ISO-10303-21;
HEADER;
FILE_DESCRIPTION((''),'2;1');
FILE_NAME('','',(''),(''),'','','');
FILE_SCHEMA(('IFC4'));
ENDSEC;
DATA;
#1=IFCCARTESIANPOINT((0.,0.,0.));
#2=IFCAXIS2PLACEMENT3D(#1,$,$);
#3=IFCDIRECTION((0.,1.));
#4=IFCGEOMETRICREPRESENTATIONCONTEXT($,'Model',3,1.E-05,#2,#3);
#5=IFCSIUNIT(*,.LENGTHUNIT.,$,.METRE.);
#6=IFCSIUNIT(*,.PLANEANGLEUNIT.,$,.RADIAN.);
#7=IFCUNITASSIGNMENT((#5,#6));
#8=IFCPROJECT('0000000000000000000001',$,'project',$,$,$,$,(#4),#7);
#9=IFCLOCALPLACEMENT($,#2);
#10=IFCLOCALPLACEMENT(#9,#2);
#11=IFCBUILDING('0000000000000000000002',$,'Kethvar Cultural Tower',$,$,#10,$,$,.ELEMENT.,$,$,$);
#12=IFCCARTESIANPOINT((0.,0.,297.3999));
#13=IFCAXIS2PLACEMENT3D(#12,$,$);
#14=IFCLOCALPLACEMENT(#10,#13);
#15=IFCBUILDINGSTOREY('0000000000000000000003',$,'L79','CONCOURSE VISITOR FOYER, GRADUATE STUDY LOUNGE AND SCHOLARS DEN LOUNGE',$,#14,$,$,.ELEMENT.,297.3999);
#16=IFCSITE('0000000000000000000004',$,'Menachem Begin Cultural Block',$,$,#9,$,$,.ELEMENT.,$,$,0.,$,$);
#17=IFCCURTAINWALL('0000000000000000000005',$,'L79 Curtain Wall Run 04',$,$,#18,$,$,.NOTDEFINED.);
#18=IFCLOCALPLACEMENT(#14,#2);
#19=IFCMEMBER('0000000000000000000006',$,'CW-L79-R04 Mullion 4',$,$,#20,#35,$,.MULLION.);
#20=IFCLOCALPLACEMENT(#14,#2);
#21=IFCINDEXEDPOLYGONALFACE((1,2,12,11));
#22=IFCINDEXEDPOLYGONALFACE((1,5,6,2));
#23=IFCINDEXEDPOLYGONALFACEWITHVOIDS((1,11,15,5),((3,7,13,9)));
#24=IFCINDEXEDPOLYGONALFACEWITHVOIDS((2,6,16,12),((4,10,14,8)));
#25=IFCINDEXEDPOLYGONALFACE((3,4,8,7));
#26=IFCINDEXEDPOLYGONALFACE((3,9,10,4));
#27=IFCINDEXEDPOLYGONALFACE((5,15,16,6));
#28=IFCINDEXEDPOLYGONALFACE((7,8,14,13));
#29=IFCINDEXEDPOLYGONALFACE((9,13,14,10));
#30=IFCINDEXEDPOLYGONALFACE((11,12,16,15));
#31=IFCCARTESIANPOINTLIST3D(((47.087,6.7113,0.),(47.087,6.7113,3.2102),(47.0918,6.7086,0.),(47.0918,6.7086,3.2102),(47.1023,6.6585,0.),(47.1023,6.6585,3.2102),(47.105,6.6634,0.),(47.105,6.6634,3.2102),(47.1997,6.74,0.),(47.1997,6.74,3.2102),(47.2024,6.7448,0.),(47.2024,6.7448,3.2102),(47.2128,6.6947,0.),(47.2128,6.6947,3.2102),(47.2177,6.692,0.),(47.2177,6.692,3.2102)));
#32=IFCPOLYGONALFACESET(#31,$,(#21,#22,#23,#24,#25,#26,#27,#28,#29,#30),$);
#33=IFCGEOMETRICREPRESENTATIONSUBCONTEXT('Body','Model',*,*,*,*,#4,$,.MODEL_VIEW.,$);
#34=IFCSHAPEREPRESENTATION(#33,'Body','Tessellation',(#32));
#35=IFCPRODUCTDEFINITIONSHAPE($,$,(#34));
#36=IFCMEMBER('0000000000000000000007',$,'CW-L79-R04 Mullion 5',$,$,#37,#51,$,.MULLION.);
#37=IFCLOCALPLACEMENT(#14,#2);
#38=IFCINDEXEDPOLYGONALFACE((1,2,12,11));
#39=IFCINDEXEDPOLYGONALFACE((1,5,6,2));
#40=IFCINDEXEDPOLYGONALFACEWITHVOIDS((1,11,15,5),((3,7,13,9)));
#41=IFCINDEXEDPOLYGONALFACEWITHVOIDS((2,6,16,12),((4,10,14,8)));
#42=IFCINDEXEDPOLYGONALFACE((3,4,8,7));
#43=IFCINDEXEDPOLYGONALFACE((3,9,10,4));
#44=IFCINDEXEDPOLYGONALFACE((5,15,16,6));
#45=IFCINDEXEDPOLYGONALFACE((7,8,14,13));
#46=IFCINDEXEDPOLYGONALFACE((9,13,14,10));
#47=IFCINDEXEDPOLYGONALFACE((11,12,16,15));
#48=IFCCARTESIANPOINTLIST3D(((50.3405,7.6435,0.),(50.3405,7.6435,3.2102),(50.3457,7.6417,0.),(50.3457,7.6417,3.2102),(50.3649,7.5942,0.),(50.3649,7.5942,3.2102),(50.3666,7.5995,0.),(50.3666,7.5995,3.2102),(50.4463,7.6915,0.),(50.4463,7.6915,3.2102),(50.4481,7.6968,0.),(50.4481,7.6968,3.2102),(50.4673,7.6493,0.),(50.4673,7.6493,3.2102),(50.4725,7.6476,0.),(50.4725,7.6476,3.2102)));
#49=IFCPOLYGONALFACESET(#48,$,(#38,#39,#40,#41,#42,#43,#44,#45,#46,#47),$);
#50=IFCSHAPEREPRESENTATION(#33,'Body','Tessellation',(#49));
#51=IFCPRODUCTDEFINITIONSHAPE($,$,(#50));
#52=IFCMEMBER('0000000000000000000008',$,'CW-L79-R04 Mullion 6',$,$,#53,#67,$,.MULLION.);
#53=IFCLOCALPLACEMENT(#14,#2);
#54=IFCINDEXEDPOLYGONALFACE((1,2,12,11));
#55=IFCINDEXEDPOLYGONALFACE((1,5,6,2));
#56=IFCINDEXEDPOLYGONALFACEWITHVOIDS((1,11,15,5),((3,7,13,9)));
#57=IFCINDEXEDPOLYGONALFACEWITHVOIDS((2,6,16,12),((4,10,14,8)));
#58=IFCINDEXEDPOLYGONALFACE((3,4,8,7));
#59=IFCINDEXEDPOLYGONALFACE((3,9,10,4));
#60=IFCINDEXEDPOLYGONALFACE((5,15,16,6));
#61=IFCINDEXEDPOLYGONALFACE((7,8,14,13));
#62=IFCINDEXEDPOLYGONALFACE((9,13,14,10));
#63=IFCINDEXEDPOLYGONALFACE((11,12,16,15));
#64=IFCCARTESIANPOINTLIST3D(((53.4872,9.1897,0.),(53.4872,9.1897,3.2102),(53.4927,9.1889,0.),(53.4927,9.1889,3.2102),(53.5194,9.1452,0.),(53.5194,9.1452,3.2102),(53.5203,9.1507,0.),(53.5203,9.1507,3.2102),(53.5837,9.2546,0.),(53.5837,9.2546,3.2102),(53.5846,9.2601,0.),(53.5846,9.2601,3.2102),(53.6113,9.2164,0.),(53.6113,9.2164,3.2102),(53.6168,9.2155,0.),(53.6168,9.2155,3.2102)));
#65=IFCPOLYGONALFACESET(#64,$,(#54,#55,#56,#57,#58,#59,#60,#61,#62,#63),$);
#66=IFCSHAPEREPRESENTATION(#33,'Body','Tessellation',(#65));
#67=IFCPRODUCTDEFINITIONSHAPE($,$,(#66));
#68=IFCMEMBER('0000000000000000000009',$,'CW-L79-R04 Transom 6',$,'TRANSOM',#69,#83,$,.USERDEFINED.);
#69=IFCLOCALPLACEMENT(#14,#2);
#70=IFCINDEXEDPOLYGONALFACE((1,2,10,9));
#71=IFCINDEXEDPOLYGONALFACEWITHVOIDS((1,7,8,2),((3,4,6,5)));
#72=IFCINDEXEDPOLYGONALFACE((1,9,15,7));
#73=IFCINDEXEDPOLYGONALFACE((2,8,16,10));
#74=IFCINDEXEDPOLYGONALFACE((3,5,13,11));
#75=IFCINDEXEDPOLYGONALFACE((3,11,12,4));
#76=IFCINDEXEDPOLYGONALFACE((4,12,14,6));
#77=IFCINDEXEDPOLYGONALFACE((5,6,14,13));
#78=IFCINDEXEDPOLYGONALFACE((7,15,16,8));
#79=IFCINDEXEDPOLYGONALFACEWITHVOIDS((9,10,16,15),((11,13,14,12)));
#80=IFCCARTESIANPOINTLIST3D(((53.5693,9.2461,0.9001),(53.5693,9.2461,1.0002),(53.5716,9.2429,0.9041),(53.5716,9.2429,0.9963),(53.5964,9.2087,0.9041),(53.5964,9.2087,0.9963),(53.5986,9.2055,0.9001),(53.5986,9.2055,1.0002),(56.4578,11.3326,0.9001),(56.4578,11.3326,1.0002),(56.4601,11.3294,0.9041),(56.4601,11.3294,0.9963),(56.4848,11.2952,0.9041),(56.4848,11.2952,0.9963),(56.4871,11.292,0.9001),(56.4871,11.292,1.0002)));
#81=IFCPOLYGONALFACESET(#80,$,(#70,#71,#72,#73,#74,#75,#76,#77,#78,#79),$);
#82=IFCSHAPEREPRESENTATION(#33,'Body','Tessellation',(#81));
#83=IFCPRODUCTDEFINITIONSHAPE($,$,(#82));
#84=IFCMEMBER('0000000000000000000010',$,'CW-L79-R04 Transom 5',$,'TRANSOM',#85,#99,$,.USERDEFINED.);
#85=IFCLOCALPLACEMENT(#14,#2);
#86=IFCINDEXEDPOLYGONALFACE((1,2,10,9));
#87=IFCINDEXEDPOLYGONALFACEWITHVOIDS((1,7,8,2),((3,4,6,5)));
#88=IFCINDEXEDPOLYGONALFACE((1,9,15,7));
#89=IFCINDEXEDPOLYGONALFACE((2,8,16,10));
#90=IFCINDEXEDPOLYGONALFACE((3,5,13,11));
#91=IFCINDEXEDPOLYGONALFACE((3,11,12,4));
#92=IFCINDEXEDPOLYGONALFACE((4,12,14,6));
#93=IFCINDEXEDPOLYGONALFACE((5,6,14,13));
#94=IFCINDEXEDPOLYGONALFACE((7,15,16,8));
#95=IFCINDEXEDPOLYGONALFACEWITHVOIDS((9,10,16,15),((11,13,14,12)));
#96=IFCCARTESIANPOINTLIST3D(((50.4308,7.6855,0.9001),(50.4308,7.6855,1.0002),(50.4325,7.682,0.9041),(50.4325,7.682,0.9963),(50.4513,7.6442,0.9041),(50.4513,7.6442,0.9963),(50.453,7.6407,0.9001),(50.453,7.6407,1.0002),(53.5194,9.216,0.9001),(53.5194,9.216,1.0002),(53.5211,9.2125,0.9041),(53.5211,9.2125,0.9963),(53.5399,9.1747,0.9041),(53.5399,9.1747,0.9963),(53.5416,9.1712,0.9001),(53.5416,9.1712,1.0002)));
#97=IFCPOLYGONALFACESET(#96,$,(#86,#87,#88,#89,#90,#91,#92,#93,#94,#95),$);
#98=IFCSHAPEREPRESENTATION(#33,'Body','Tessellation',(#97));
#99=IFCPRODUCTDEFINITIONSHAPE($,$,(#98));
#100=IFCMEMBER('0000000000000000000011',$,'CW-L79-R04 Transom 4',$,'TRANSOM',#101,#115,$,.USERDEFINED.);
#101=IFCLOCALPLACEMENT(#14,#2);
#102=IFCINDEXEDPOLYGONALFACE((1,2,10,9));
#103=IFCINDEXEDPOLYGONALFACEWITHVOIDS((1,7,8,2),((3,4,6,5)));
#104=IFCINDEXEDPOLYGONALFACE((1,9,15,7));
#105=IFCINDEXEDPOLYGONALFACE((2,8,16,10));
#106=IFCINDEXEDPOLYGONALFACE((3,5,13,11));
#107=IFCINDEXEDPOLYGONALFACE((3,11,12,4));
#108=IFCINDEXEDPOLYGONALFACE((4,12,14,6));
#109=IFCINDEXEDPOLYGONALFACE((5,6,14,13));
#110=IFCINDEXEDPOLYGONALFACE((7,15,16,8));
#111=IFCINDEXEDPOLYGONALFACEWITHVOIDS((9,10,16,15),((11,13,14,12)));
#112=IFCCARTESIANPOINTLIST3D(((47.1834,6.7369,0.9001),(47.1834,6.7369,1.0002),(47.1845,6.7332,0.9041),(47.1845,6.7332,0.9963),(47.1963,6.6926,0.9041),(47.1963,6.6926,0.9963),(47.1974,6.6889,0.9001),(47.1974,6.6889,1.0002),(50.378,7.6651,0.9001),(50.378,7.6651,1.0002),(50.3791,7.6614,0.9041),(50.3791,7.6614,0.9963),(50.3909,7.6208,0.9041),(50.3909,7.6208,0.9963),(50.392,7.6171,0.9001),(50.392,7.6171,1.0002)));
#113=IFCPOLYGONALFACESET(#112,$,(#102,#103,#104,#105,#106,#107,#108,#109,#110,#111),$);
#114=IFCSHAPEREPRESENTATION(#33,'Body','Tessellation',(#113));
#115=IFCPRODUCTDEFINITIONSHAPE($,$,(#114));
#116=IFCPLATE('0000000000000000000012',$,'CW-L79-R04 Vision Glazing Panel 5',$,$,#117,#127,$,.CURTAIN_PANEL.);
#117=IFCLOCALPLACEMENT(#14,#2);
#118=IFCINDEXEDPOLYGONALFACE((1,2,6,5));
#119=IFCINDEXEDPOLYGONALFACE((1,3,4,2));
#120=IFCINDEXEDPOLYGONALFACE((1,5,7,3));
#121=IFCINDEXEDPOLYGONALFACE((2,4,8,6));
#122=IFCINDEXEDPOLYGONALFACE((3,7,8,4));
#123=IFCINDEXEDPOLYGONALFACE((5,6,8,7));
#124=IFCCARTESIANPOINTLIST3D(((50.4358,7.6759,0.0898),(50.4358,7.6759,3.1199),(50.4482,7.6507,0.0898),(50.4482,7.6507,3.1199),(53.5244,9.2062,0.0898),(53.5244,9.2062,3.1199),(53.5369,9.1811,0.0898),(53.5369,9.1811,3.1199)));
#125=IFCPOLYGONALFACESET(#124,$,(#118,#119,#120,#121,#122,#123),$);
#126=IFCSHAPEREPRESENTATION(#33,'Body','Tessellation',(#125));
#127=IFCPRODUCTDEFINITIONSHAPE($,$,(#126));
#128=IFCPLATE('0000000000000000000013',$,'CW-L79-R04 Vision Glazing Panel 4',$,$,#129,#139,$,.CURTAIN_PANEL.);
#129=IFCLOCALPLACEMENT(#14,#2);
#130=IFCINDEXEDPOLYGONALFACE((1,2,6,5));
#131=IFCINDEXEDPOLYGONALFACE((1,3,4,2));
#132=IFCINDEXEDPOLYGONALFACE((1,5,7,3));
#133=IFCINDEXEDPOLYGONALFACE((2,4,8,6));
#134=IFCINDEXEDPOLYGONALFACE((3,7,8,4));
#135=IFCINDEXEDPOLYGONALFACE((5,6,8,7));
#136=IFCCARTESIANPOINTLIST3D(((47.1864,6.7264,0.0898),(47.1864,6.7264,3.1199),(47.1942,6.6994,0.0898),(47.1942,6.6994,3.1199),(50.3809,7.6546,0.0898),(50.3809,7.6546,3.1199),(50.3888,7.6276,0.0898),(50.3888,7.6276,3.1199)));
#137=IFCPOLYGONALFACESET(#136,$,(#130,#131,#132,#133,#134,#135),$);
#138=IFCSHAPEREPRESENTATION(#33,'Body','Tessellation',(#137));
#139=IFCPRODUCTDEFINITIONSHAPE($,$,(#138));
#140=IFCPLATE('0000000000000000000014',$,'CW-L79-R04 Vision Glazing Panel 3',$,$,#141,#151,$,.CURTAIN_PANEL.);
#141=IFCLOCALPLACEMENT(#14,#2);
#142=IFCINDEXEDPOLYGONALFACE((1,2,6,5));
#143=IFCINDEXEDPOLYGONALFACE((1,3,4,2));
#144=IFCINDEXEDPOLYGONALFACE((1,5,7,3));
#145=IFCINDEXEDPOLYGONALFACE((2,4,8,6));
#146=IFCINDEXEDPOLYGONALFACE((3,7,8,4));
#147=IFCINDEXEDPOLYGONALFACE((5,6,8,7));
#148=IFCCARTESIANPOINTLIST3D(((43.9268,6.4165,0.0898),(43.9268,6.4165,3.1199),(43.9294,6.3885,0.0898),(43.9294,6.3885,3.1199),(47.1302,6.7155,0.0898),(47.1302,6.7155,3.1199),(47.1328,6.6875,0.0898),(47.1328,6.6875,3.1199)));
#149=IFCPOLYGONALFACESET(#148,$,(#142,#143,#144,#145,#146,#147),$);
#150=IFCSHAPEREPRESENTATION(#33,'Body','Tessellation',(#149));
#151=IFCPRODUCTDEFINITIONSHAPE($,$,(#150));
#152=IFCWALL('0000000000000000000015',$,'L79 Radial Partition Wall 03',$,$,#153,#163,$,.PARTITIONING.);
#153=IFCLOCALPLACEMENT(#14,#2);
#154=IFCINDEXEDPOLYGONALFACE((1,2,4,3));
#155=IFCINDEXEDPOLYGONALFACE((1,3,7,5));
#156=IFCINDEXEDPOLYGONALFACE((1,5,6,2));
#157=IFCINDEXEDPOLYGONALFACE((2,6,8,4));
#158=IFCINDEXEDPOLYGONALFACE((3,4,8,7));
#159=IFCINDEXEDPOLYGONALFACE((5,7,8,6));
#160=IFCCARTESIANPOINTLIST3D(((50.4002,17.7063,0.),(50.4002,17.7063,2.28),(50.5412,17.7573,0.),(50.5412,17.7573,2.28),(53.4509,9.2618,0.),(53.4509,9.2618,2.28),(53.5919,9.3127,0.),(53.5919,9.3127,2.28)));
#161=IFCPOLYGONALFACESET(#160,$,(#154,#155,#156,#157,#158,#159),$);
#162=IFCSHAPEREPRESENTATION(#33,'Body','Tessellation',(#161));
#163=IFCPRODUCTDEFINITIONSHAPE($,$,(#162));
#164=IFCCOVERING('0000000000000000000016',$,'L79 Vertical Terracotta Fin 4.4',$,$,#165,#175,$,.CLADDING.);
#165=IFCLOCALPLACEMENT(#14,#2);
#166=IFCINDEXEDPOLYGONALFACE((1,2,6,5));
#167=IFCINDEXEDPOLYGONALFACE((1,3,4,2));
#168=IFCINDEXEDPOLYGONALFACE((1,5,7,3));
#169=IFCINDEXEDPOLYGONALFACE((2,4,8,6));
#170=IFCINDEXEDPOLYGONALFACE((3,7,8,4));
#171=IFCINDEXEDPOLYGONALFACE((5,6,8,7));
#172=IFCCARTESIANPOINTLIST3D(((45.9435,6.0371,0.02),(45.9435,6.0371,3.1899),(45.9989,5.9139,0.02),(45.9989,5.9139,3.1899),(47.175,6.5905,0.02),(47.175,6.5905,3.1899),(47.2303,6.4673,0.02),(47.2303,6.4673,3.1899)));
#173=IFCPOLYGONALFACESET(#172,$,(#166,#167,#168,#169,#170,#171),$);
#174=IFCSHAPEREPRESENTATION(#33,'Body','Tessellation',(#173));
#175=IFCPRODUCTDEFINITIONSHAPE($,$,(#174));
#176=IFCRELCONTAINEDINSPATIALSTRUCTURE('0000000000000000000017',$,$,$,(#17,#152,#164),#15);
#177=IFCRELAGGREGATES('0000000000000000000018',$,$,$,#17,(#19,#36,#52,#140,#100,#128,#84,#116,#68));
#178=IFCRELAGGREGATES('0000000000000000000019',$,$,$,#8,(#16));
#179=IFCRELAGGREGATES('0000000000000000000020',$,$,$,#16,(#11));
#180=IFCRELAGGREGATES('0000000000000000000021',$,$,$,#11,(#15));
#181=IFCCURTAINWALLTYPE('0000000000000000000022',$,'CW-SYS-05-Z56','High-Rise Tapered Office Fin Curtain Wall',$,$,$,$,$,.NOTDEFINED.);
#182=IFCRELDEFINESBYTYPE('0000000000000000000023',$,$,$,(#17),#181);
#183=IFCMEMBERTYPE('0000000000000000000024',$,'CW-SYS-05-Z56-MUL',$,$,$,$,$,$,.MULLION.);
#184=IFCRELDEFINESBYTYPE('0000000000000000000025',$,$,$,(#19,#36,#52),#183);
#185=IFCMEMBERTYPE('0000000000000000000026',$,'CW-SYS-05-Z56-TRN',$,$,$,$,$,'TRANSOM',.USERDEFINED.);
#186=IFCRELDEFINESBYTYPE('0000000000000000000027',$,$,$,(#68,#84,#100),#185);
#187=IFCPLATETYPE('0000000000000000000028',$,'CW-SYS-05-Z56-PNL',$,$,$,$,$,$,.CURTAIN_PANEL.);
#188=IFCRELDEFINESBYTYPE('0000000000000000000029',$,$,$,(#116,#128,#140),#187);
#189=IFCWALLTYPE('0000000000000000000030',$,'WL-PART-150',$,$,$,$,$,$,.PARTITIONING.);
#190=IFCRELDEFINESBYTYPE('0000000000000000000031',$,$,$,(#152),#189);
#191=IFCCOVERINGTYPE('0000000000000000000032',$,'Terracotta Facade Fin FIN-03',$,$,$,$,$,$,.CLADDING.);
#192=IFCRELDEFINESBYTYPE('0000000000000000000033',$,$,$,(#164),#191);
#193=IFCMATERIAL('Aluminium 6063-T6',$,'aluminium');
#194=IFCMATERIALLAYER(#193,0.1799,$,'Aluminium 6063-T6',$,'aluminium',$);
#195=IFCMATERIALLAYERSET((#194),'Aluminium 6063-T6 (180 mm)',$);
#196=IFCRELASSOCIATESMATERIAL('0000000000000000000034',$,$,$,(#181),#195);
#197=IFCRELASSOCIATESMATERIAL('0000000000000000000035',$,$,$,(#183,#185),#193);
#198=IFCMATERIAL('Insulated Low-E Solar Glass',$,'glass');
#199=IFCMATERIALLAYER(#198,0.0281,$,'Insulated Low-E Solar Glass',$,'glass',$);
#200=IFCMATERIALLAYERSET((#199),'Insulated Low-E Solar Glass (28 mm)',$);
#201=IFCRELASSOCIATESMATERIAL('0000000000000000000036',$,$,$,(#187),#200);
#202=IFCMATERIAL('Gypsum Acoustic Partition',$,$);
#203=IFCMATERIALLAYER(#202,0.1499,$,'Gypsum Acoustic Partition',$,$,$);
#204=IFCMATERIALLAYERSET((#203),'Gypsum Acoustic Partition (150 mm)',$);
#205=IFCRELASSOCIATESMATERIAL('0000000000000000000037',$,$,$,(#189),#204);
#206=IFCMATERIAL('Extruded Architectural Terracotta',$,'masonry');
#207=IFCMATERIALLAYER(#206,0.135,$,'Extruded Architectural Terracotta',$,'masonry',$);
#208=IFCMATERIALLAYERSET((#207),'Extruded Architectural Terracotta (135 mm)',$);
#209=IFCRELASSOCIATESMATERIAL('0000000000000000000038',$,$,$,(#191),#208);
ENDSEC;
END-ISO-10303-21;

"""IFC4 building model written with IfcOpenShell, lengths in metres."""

from ifc_helpers import new_model, si_unit, direction, frame, frame_2d, origin, origin_2d, place, context, subcontext, project, spatial, rectangle, hollow_rectangle, extrude, source, transform, mapped, material, layer, layer_set, material_profile, profile_set, type_object, element, aggregate, save


model = new_model("IFC4")

# Units and contexts
model_context = context("Model", 3, precision=1e-05, world=origin(), true_north=direction((0.0, 1.0)))
body_context = subcontext(model_context, "Body", "Model", "MODEL_VIEW")
ifc_project = project(units=[si_unit("LENGTHUNIT", "METRE"), si_unit("PLANEANGLEUNIT", "RADIAN")], contexts=[model_context])

# Site, building, storey
site_placement = place(None, origin())
site = spatial("IfcSite", under=ifc_project, at=site_placement, Name="Menachem Begin Cultural Block", CompositionType="ELEMENT", RefElevation=0.0)
building_placement = place(site_placement, origin())
building = spatial("IfcBuilding", under=site, at=building_placement, Name="Kethvar Cultural Tower", CompositionType="ELEMENT")
storey_placement = place(building_placement, frame((0.0, 0.0, 297.3999)))
storey = spatial("IfcBuildingStorey", under=building, at=storey_placement, Name="L79", Description="CONCOURSE VISITOR FOYER, GRADUATE STUDY LOUNGE AND SCHOLARS DEN LOUNGE", CompositionType="ELEMENT", Elevation=297.3999)

# Curtain wall, members, plates
ifc_material_1 = material(Name="Aluminium 6063-T6", Category="aluminium")
ifc_layer_1 = layer(ifc_material_1, 0.1799, Name="Aluminium 6063-T6", Category="aluminium")
ifc_layer_set_1 = layer_set([ifc_layer_1], Name="Aluminium 6063-T6 (180 mm)")
curtain_wall_type = type_object("IfcCurtainWallType", Name="CW-SYS-05-Z56", Description="High-Rise Tapered Office Fin Curtain Wall", PredefinedType="NOTDEFINED", material=ifc_layer_set_1)
curtain_wall_placement = place(storey_placement, origin())
curtain_wall = element("IfcCurtainWall", 1, at=curtain_wall_placement, inside=storey, type_object=curtain_wall_type, Name="L79 Curtain Wall Run 04", PredefinedType="NOTDEFINED")
ifc_material_profile_1 = material_profile(ifc_material_1, hollow_rectangle(XDim=0.0549, YDim=0.1201, WallThickness=0.0039, at=origin_2d()), Name="Aluminium 6063-T6 — RHS120x55x4")
ifc_profile_set_1 = profile_set([ifc_material_profile_1], Name="Aluminium 6063-T6 — RHS120x55x4")
member_type_1 = type_object("IfcMemberType", Name="CW-SYS-05-Z56-MUL", PredefinedType="MULLION", material=ifc_profile_set_1)
shared_shape_1 = source(origin(), body_context, "Body", "SweptSolid", [
    extrude(hollow_rectangle(XDim=0.0549, YDim=0.1201, WallThickness=0.0039, at=origin_2d()), origin(), (0.0, 0.0, 1.0), 3.2102),
])
member_1_placement = place(storey_placement, frame((47.1523, 6.7017, 0.0), z_axis=(0.0, 0.0, 1.0), x_axis=(-0.279025, 0.960284, 0.0)))
member_1 = element("IfcMember", 2, at=member_1_placement, type_object=member_type_1, Name="CW-L79-R04 Mullion 4", PredefinedType="MULLION", context=body_context, shape_type="MappedRepresentation", body=[
    mapped(shared_shape_1, transform((0.0, 0.0, 0.0), scale=1.0)),
])
member_2_placement = place(storey_placement, frame((50.4065, 7.6455, 0.0), z_axis=(0.0, 0.0, 1.0), x_axis=(-0.443963, 0.896045, 0.0)))
member_2 = element("IfcMember", 3, at=member_2_placement, type_object=member_type_1, Name="CW-L79-R04 Mullion 5", PredefinedType="MULLION", context=body_context, shape_type="MappedRepresentation", body=[
    mapped(shared_shape_1, transform((0.0, 0.0, 0.0), scale=1.0)),
])
member_3_placement = place(storey_placement, frame((53.552, 9.2026, 0.0), z_axis=(0.0, 0.0, 1.0), x_axis=(-0.58558, 0.810614, 0.0)))
member_3 = element("IfcMember", 4, at=member_3_placement, type_object=member_type_1, Name="CW-L79-R04 Mullion 6", PredefinedType="MULLION", context=body_context, shape_type="MappedRepresentation", body=[
    mapped(shared_shape_1, transform((0.0, 0.0, 0.0), scale=1.0)),
])
ifc_material_profile_2 = material_profile(ifc_material_1, hollow_rectangle(XDim=0.05, YDim=0.1001, WallThickness=0.0039, at=origin_2d()), Name="Aluminium 6063-T6 — RHS100x50x4")
ifc_profile_set_2 = profile_set([ifc_material_profile_2], Name="Aluminium 6063-T6 — RHS100x50x4")
member_type_2 = type_object("IfcMemberType", Name="CW-SYS-05-Z56-TRN", ElementType="TRANSOM", PredefinedType="USERDEFINED", material=ifc_profile_set_2)
shared_shape_2 = source(origin(), body_context, "Body", "SweptSolid", [
    extrude(hollow_rectangle(XDim=0.05, YDim=0.1001, WallThickness=0.0039, at=origin_2d()), origin(), (0.0, 0.0, 1.0), 3.5632),
])
member_4_placement = place(storey_placement, frame((53.584, 9.2258, 0.9502), z_axis=(0.810634, 0.585553, 0.0), x_axis=(-0.585553, 0.810634, 0.0)))
member_4 = element("IfcMember", 5, at=member_4_placement, type_object=member_type_2, Name="CW-L79-R04 Transom 6", ObjectType="TRANSOM", PredefinedType="USERDEFINED", context=body_context, shape_type="MappedRepresentation", body=[
    mapped(shared_shape_2, transform((0.0, 0.0, 0.0), scale=1.0)),
])
shared_shape_3 = source(origin(), body_context, "Body", "SweptSolid", [
    extrude(hollow_rectangle(XDim=0.05, YDim=0.1001, WallThickness=0.0039, at=origin_2d()), origin(), (0.0, 0.0, 1.0), 3.447),
])
member_5_placement = place(storey_placement, frame((50.4419, 7.6631, 0.9502), z_axis=(0.896022, 0.444009, 0.0), x_axis=(-0.444009, 0.896022, 0.0)))
member_5 = element("IfcMember", 6, at=member_5_placement, type_object=member_type_2, Name="CW-L79-R04 Transom 5", ObjectType="TRANSOM", PredefinedType="USERDEFINED", context=body_context, shape_type="MappedRepresentation", body=[
    mapped(shared_shape_3, transform((0.0, 0.0, 0.0), scale=1.0)),
])
shared_shape_4 = source(origin(), body_context, "Body", "SweptSolid", [
    extrude(hollow_rectangle(XDim=0.05, YDim=0.1001, WallThickness=0.0039, at=origin_2d()), origin(), (0.0, 0.0, 1.0), 3.3267),
])
member_6_placement = place(storey_placement, frame((47.1904, 6.7129, 0.9502), z_axis=(0.960285, 0.279022, 0.0), x_axis=(-0.279022, 0.960285, 0.0)))
member_6 = element("IfcMember", 7, at=member_6_placement, type_object=member_type_2, Name="CW-L79-R04 Transom 4", ObjectType="TRANSOM", PredefinedType="USERDEFINED", context=body_context, shape_type="MappedRepresentation", body=[
    mapped(shared_shape_4, transform((0.0, 0.0, 0.0), scale=1.0)),
])
ifc_material_2 = material(Name="Insulated Low-E Solar Glass", Category="glass")
ifc_layer_2 = layer(ifc_material_2, 0.0281, Name="Insulated Low-E Solar Glass", Category="glass")
ifc_layer_set_2 = layer_set([ifc_layer_2], Name="Insulated Low-E Solar Glass (28 mm)")
plate_type = type_object("IfcPlateType", Name="CW-SYS-05-Z56-PNL", PredefinedType="CURTAIN_PANEL", material=ifc_layer_set_2)
shared_shape_5 = source(origin(), body_context, "Body", "SweptSolid", [
    extrude(rectangle(XDim=3.447, YDim=0.0281, at=origin_2d()), origin(), (0.0, 0.0, 1.0), 3.03),
])
plate_1_placement = place(storey_placement, frame((51.9863, 8.4285, 0.0898), z_axis=(0.0, 0.0, 1.0), x_axis=(0.896045, 0.443963, 0.0)))
plate_1 = element("IfcPlate", 8, at=plate_1_placement, type_object=plate_type, Name="CW-L79-R04 Vision Glazing Panel 5", PredefinedType="CURTAIN_PANEL", context=body_context, shape_type="MappedRepresentation", body=[
    mapped(shared_shape_5, transform((0.0, 0.0, 0.0), scale=1.0)),
])
shared_shape_6 = source(origin(), body_context, "Body", "SweptSolid", [
    extrude(rectangle(XDim=3.3267, YDim=0.0281, at=origin_2d()), origin(), (0.0, 0.0, 1.0), 3.03),
])
plate_2_placement = place(storey_placement, frame((48.7876, 7.177, 0.0898), z_axis=(0.0, 0.0, 1.0), x_axis=(0.960284, 0.279025, 0.0)))
plate_2 = element("IfcPlate", 9, at=plate_2_placement, type_object=plate_type, Name="CW-L79-R04 Vision Glazing Panel 4", PredefinedType="CURTAIN_PANEL", context=body_context, shape_type="MappedRepresentation", body=[
    mapped(shared_shape_6, transform((0.0, 0.0, 0.0), scale=1.0)),
])
shared_shape_7 = source(origin(), body_context, "Body", "SweptSolid", [
    extrude(rectangle(XDim=3.2173, YDim=0.0281, at=origin_2d()), origin(), (0.0, 0.0, 1.0), 3.03),
])
plate_3_placement = place(storey_placement, frame((45.5298, 6.552, 0.0898), z_axis=(0.0, 0.0, 1.0), x_axis=(0.995673, 0.092927, 0.0)))
plate_3 = element("IfcPlate", 10, at=plate_3_placement, type_object=plate_type, Name="CW-L79-R04 Vision Glazing Panel 3", PredefinedType="CURTAIN_PANEL", context=body_context, shape_type="MappedRepresentation", body=[
    mapped(shared_shape_7, transform((0.0, 0.0, 0.0), scale=1.0)),
])
aggregate(curtain_wall, [member_1, member_2, member_3, plate_3, member_6, plate_2, member_5, plate_1, member_4])

# Wall
ifc_material_3 = material(Name="Gypsum Acoustic Partition")
ifc_layer_3 = layer(ifc_material_3, 0.1499, Name="Gypsum Acoustic Partition")
ifc_layer_set_3 = layer_set([ifc_layer_3], Name="Gypsum Acoustic Partition (150 mm)")
wall_type = type_object("IfcWallType", Name="WL-PART-150", PredefinedType="PARTITIONING", material=ifc_layer_set_3)
wall_placement = place(storey_placement, frame((50.4707, 17.7317, 0.0), z_axis=(0.0, 0.0, 1.0), x_axis=(0.339777, -0.940506, 0.0)))
element("IfcWall", 11, at=wall_placement, inside=storey, type_object=wall_type, Name="L79 Radial Partition Wall 03", PredefinedType="PARTITIONING", context=body_context, shape_type="SweptSolid", body=[
    extrude(rectangle(XDim=8.9788, YDim=0.1499, at=frame_2d((4.4893, 0.0))), origin(), (0.0, 0.0, 1.0), 2.28),
])

# Covering
ifc_material_4 = material(Name="Extruded Architectural Terracotta", Category="masonry")
ifc_layer_4 = layer(ifc_material_4, 0.135, Name="Extruded Architectural Terracotta", Category="masonry")
ifc_layer_set_4 = layer_set([ifc_layer_4], Name="Extruded Architectural Terracotta (135 mm)")
covering_type = type_object("IfcCoveringType", Name="Terracotta Facade Fin FIN-03", PredefinedType="CLADDING", material=ifc_layer_set_4)
shared_shape_8 = source(origin(), body_context, "Body", "SweptSolid", [
    extrude(rectangle(XDim=1.3501, YDim=0.135, at=origin_2d()), origin(), (0.0, 0.0, 1.0), 3.1699),
])
for number, where, z_axis, x_axis, name in (
    (12, (46.5869, 6.2522, 0.02), (0.0, 0.0, 1.0), (-0.91212, -0.409923, 0.0), "L79 Vertical Terracotta Fin 4.4"),
):
    element("IfcCovering", number, at=place(storey_placement, frame(where, z_axis=z_axis, x_axis=x_axis)), inside=storey, type_object=covering_type, Name=name, PredefinedType="CLADDING", context=body_context, shape_type="MappedRepresentation", body=[
        mapped(shared_shape_8, transform((0.0, 0.0, 0.0), scale=1.0)),
    ])

save(model, "model.ifc")
